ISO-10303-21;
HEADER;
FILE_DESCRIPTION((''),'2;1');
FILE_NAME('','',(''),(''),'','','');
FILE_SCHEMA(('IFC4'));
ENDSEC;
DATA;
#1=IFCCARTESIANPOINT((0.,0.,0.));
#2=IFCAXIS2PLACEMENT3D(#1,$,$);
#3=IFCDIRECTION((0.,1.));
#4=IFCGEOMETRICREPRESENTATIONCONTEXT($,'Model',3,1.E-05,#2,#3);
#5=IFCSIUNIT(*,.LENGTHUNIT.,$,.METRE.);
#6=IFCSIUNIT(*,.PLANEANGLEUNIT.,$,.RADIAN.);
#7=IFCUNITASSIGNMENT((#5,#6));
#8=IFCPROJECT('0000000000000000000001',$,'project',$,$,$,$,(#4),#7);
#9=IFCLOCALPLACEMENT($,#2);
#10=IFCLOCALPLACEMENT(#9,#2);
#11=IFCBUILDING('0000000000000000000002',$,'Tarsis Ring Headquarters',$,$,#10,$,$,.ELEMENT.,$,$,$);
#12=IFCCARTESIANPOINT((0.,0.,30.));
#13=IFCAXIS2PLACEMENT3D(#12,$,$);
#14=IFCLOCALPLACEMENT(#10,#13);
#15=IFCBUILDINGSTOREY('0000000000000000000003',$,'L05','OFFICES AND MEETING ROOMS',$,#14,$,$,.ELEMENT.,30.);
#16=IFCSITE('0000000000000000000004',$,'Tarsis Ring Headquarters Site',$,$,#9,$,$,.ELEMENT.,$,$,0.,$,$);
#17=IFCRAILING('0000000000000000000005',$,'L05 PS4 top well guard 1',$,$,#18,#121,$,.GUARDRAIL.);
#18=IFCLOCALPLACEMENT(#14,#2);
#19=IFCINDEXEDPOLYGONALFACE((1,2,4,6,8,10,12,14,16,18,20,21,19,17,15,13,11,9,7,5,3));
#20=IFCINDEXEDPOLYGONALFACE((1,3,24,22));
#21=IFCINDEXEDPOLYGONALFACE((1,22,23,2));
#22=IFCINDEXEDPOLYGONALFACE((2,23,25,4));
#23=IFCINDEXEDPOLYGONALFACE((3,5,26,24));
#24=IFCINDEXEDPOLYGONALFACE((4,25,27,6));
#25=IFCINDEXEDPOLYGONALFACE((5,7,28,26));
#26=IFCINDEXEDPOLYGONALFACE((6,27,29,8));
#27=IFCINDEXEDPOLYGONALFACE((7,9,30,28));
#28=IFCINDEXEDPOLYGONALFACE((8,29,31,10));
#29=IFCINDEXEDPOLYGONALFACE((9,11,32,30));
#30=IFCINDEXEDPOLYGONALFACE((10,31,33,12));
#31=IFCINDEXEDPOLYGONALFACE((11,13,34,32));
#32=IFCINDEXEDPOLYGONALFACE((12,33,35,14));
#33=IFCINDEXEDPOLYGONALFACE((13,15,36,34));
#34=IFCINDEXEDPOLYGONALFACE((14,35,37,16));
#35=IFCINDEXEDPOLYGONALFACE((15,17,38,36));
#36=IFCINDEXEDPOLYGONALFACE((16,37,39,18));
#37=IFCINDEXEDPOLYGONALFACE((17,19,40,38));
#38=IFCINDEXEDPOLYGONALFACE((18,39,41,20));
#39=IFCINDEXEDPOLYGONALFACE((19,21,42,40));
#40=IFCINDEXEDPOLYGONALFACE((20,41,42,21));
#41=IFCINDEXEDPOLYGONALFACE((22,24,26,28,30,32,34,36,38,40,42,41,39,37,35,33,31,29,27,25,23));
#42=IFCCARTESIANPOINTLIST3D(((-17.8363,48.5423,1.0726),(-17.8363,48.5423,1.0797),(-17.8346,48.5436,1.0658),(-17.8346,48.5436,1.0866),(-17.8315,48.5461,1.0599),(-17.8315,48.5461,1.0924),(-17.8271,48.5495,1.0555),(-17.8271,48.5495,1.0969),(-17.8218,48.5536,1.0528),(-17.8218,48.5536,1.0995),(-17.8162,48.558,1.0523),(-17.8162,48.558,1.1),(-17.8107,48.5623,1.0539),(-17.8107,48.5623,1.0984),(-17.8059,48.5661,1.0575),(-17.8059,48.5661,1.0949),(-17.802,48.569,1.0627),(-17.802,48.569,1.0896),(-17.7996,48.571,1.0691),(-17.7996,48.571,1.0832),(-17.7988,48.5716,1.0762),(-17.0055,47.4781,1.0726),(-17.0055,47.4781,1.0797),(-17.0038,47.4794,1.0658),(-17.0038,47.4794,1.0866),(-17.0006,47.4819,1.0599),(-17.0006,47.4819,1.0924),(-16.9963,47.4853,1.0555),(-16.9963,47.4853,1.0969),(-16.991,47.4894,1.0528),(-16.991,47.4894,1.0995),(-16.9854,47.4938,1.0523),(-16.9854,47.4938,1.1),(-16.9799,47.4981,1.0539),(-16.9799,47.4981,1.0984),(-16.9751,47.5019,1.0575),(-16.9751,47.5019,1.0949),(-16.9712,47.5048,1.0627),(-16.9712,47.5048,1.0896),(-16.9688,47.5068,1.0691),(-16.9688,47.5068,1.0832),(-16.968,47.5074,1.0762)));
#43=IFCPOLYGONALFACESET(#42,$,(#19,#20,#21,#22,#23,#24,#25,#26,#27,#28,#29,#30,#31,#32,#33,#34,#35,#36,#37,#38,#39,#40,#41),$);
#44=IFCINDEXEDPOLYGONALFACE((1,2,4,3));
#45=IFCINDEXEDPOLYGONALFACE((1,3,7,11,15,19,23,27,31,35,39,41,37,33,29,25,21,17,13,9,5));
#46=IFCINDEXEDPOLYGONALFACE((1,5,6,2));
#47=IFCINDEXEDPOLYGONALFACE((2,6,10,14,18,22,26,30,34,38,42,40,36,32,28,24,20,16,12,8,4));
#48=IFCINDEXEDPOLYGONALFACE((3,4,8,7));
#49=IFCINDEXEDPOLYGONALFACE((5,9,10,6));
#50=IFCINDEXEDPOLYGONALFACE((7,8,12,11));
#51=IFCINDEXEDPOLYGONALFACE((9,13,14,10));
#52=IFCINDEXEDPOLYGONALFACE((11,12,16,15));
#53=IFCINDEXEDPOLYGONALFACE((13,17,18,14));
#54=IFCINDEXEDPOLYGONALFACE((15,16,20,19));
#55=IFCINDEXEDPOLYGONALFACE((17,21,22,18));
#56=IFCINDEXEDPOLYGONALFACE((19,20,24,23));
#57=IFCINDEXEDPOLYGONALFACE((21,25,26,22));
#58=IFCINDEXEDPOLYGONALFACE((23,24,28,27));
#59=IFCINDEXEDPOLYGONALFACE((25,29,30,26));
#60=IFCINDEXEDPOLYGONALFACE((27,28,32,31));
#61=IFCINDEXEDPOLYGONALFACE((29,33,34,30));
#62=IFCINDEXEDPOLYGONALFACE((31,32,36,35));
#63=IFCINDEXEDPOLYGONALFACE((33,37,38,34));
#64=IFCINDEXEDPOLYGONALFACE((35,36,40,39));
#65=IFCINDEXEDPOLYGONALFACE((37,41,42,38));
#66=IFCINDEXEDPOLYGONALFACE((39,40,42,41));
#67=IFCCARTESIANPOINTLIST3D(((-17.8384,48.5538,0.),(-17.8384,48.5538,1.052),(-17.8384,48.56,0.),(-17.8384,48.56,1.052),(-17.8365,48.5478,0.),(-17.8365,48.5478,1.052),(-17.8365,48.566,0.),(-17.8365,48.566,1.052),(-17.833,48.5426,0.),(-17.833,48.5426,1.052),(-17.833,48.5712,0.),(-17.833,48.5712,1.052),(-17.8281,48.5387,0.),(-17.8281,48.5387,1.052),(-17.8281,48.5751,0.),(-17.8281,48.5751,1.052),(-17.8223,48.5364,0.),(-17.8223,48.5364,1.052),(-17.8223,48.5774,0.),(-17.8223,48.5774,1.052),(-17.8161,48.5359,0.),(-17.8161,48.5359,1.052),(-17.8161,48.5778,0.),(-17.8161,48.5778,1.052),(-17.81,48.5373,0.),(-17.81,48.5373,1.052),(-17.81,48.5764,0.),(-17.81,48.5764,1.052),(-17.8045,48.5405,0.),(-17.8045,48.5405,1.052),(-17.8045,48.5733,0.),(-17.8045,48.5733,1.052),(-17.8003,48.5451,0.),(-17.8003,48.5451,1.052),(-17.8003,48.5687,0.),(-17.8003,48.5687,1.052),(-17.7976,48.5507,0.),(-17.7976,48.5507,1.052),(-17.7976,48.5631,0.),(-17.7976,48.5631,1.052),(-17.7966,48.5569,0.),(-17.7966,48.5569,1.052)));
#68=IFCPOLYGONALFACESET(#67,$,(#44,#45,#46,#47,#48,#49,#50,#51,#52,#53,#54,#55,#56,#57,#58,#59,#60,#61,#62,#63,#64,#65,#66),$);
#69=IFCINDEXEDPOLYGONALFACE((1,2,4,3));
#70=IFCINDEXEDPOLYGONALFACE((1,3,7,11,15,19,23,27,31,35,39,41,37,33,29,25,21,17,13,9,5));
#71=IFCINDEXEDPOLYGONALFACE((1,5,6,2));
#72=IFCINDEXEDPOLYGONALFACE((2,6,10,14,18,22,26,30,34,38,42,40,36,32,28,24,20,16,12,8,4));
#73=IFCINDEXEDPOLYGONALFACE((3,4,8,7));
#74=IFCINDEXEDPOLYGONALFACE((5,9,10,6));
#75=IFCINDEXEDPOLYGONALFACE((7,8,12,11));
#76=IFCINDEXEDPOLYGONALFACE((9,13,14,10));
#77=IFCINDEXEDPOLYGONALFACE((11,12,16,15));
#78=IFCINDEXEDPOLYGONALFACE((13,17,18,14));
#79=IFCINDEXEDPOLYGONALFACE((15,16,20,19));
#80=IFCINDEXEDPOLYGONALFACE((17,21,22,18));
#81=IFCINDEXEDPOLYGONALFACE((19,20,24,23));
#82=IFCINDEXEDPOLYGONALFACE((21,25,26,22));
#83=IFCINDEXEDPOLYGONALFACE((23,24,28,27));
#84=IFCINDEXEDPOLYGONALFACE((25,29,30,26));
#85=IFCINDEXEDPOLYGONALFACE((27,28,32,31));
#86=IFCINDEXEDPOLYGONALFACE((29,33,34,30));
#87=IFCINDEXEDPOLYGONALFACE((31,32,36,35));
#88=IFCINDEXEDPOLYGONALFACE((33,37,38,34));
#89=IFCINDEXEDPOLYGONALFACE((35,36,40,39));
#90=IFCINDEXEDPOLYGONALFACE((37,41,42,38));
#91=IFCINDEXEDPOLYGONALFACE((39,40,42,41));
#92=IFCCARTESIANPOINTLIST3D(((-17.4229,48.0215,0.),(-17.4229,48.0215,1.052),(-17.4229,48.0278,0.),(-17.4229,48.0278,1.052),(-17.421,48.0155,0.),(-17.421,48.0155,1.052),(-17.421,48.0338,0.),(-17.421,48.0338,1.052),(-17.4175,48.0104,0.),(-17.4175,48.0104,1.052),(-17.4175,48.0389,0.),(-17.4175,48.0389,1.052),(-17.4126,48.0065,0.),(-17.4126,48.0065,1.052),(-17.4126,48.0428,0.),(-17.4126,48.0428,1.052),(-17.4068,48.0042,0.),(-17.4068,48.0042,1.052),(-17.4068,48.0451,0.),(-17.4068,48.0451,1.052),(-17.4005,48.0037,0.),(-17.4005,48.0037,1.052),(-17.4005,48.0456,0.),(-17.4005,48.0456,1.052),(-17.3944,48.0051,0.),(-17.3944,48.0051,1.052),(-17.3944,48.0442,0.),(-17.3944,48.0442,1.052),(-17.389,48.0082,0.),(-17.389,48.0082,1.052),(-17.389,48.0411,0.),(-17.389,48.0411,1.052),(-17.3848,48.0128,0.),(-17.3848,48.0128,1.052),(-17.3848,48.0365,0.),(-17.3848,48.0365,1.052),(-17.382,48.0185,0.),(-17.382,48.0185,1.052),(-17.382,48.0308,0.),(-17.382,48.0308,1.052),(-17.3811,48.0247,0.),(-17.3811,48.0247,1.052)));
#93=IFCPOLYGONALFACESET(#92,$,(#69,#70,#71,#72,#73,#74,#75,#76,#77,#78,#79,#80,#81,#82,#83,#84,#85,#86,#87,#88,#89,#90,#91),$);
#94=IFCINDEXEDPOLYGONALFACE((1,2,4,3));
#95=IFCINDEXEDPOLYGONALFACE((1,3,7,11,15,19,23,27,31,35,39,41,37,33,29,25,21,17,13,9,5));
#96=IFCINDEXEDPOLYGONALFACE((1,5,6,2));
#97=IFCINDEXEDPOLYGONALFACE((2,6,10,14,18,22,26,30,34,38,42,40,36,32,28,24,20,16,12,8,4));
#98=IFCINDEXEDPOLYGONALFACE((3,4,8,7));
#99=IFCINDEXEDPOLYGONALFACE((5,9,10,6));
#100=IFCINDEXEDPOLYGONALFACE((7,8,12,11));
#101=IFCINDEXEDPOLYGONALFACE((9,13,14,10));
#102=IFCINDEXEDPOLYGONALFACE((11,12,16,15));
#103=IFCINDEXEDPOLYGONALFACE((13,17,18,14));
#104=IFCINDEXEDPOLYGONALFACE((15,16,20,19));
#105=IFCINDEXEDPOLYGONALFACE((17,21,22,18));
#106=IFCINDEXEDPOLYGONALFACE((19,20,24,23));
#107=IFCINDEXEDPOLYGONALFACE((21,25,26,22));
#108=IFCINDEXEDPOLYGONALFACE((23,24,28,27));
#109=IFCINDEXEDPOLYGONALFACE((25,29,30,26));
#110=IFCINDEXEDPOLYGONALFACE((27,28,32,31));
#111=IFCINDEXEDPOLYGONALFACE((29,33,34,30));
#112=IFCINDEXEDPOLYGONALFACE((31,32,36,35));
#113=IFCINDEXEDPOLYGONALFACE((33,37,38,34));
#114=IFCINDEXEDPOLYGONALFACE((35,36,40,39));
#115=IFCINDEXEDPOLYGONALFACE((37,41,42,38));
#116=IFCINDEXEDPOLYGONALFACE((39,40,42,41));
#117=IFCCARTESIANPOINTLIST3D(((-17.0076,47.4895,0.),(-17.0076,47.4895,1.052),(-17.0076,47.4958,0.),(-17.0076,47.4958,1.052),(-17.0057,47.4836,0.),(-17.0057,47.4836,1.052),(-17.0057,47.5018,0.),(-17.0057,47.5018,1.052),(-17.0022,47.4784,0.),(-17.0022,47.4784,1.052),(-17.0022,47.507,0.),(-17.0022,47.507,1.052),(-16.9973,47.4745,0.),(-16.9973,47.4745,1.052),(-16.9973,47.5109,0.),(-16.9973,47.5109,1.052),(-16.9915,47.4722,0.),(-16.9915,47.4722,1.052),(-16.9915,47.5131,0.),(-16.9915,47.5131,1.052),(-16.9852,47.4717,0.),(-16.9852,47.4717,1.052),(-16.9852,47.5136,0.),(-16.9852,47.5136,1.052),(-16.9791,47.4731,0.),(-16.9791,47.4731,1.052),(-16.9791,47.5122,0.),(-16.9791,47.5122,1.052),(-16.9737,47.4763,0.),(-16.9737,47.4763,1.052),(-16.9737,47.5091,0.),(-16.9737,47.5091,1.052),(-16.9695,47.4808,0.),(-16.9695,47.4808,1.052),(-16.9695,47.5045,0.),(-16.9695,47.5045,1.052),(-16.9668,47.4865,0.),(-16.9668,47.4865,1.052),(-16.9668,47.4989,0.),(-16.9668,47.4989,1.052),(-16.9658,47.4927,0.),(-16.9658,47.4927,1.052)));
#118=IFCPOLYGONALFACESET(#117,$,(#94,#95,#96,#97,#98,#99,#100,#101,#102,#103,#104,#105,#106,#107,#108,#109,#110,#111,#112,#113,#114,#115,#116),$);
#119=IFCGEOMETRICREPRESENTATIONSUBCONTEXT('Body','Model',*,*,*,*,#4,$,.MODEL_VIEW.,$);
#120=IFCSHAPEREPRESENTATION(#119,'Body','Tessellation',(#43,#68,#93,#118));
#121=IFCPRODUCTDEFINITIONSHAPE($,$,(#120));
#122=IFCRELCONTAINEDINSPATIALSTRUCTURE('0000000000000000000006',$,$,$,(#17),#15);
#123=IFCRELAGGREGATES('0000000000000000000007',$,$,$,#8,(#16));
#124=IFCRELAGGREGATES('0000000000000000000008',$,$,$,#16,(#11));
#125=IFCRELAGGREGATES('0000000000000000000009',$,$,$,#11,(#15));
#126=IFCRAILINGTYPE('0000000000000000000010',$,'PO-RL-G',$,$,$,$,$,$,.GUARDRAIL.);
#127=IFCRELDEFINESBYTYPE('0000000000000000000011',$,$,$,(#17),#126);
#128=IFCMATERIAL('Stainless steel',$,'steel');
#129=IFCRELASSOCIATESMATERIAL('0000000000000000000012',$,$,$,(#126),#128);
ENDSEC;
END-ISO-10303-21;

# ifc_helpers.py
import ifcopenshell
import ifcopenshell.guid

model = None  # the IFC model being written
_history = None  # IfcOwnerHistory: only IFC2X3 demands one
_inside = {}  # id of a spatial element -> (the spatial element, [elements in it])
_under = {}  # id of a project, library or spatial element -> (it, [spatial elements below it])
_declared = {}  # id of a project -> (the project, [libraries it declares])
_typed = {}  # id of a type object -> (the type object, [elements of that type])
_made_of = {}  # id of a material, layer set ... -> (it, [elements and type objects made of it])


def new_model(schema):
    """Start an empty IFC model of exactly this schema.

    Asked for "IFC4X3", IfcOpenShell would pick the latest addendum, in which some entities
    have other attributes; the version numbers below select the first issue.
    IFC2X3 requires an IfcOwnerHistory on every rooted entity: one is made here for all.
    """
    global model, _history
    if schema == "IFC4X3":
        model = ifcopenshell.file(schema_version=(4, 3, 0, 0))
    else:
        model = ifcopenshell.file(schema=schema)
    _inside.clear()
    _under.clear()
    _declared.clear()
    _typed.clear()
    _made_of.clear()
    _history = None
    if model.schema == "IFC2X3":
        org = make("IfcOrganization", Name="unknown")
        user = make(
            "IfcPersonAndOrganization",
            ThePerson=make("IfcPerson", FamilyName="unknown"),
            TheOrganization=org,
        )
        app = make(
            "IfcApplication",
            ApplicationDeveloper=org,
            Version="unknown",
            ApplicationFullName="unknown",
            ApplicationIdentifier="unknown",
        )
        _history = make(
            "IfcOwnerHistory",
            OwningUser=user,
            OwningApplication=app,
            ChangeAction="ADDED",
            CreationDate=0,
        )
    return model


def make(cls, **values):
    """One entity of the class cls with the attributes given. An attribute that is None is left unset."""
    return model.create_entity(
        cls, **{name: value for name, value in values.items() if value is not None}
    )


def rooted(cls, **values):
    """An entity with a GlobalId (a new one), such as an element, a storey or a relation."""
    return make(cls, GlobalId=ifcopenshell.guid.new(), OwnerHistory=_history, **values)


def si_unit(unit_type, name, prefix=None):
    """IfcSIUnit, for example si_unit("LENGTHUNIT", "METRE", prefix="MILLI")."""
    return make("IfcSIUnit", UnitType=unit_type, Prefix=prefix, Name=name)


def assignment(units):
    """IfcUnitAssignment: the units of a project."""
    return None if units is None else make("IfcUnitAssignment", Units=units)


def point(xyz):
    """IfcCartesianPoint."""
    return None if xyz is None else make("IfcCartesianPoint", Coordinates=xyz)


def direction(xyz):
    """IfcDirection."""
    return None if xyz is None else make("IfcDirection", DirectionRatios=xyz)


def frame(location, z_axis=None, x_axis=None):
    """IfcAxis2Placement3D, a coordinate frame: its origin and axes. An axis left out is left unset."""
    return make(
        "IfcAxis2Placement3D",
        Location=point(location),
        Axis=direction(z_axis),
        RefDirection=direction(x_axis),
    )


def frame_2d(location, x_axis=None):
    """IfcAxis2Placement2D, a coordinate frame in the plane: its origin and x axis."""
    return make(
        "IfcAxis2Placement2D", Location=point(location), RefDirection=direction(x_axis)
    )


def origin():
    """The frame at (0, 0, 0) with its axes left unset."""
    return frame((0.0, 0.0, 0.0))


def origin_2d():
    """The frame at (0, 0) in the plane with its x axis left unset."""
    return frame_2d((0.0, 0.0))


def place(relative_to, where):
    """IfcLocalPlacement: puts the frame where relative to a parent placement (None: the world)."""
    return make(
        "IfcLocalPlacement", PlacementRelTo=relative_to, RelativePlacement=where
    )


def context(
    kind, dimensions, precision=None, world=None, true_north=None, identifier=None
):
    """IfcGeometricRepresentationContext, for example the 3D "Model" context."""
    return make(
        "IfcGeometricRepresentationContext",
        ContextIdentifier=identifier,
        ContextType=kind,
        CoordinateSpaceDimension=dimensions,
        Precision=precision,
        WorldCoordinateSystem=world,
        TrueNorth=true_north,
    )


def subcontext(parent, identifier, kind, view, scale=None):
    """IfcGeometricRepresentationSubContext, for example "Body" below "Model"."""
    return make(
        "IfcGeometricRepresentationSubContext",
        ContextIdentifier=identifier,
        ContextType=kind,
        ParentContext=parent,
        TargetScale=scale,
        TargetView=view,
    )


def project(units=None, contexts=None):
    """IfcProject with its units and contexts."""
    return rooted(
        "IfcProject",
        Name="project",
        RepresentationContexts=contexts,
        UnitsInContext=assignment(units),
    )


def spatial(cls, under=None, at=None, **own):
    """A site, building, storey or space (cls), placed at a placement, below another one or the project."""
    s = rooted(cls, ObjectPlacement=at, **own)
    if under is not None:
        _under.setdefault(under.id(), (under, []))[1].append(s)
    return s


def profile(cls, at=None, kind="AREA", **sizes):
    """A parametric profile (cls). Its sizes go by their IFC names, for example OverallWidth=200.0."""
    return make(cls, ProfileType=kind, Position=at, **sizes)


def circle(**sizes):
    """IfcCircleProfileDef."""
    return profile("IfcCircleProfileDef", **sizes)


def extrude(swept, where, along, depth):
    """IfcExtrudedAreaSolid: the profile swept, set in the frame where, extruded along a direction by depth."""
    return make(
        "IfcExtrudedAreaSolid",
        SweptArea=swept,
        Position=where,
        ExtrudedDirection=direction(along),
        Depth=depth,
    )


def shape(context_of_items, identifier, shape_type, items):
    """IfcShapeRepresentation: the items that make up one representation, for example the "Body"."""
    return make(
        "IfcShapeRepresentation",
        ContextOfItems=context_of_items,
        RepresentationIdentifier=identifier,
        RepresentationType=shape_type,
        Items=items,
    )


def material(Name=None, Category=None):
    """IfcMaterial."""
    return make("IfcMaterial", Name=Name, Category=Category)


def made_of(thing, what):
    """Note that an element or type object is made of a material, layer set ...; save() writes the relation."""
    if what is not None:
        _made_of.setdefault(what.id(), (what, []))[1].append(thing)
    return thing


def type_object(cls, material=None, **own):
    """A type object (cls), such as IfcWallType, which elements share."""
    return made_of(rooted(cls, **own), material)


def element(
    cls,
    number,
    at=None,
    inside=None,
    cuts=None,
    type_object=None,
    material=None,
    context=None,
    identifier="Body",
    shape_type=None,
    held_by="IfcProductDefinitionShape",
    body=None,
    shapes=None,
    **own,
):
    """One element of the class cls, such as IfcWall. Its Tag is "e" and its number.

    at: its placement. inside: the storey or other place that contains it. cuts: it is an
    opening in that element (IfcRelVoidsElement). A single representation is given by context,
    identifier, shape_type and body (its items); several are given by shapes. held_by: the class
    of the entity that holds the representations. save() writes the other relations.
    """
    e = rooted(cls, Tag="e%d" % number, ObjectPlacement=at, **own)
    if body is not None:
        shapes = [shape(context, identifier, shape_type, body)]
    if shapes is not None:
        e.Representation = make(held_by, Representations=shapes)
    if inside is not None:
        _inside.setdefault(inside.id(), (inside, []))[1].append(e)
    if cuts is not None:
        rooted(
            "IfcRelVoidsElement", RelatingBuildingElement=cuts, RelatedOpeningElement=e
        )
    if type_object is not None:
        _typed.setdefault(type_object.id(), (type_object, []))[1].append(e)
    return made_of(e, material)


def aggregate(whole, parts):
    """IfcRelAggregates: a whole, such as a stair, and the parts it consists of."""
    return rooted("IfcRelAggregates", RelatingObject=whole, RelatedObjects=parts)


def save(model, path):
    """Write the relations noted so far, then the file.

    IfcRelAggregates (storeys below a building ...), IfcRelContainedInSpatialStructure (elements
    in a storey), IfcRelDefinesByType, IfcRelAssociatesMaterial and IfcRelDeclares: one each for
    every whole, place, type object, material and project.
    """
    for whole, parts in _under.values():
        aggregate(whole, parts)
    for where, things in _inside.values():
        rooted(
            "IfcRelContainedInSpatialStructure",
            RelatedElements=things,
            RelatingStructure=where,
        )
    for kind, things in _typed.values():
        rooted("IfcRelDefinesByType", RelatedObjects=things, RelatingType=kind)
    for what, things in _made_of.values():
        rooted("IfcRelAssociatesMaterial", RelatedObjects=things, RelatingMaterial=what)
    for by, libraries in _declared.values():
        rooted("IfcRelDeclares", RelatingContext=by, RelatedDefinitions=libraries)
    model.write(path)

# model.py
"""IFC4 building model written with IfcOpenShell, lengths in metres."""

from ifc_helpers import new_model, si_unit, direction, frame, origin, origin_2d, place, context, subcontext, project, spatial, circle, extrude, material, type_object, element, save


model = new_model("IFC4")

# Units and contexts
model_context = context("Model", 3, precision=1e-05, world=origin(), true_north=direction((0.0, 1.0)))
body_context = subcontext(model_context, "Body", "Model", "MODEL_VIEW")
ifc_project = project(units=[si_unit("LENGTHUNIT", "METRE"), si_unit("PLANEANGLEUNIT", "RADIAN")], contexts=[model_context])

# Site, building, storey
site_placement = place(None, origin())
site = spatial("IfcSite", under=ifc_project, at=site_placement, Name="Tarsis Ring Headquarters Site", CompositionType="ELEMENT", RefElevation=0.0)
building_placement = place(site_placement, origin())
building = spatial("IfcBuilding", under=site, at=building_placement, Name="Tarsis Ring Headquarters", CompositionType="ELEMENT")
storey_placement = place(building_placement, frame((0.0, 0.0, 30.0)))
storey = spatial("IfcBuildingStorey", under=building, at=storey_placement, Name="L05", Description="OFFICES AND MEETING ROOMS", CompositionType="ELEMENT", Elevation=30.0)

# Railing
ifc_material_1 = material(Name="Stainless steel", Category="steel")
railing_type = type_object("IfcRailingType", Name="PO-RL-G", PredefinedType="GUARDRAIL", material=ifc_material_1)
railing_placement = place(storey_placement, frame((-17.8176, 48.5569, 0.0)))
element("IfcRailing", 1, at=railing_placement, inside=storey, type_object=railing_type, Name="L05 PS4 top well guard 1", PredefinedType="GUARDRAIL", context=body_context, shape_type="SweptSolid", body=[
    extrude(circle(Radius=0.0239, at=origin_2d()), frame((0.0, 0.0, 1.0762), z_axis=(0.615367, -0.788241, 0.0), x_axis=(0.788241, 0.615367, 0.0)), (0.0, 0.0, 1.0), 1.3501),
    extrude(circle(Radius=0.021, at=origin_2d()), origin(), (0.0, 0.0, 1.0), 1.052),
    extrude(circle(Radius=0.021, at=origin_2d()), frame((0.4155, -0.5322, 0.0)), (0.0, 0.0, 1.0), 1.052),
    extrude(circle(Radius=0.021, at=origin_2d()), frame((0.8308, -1.0642, 0.0)), (0.0, 0.0, 1.0), 1.052),
])

save(model, "model.ifc")
